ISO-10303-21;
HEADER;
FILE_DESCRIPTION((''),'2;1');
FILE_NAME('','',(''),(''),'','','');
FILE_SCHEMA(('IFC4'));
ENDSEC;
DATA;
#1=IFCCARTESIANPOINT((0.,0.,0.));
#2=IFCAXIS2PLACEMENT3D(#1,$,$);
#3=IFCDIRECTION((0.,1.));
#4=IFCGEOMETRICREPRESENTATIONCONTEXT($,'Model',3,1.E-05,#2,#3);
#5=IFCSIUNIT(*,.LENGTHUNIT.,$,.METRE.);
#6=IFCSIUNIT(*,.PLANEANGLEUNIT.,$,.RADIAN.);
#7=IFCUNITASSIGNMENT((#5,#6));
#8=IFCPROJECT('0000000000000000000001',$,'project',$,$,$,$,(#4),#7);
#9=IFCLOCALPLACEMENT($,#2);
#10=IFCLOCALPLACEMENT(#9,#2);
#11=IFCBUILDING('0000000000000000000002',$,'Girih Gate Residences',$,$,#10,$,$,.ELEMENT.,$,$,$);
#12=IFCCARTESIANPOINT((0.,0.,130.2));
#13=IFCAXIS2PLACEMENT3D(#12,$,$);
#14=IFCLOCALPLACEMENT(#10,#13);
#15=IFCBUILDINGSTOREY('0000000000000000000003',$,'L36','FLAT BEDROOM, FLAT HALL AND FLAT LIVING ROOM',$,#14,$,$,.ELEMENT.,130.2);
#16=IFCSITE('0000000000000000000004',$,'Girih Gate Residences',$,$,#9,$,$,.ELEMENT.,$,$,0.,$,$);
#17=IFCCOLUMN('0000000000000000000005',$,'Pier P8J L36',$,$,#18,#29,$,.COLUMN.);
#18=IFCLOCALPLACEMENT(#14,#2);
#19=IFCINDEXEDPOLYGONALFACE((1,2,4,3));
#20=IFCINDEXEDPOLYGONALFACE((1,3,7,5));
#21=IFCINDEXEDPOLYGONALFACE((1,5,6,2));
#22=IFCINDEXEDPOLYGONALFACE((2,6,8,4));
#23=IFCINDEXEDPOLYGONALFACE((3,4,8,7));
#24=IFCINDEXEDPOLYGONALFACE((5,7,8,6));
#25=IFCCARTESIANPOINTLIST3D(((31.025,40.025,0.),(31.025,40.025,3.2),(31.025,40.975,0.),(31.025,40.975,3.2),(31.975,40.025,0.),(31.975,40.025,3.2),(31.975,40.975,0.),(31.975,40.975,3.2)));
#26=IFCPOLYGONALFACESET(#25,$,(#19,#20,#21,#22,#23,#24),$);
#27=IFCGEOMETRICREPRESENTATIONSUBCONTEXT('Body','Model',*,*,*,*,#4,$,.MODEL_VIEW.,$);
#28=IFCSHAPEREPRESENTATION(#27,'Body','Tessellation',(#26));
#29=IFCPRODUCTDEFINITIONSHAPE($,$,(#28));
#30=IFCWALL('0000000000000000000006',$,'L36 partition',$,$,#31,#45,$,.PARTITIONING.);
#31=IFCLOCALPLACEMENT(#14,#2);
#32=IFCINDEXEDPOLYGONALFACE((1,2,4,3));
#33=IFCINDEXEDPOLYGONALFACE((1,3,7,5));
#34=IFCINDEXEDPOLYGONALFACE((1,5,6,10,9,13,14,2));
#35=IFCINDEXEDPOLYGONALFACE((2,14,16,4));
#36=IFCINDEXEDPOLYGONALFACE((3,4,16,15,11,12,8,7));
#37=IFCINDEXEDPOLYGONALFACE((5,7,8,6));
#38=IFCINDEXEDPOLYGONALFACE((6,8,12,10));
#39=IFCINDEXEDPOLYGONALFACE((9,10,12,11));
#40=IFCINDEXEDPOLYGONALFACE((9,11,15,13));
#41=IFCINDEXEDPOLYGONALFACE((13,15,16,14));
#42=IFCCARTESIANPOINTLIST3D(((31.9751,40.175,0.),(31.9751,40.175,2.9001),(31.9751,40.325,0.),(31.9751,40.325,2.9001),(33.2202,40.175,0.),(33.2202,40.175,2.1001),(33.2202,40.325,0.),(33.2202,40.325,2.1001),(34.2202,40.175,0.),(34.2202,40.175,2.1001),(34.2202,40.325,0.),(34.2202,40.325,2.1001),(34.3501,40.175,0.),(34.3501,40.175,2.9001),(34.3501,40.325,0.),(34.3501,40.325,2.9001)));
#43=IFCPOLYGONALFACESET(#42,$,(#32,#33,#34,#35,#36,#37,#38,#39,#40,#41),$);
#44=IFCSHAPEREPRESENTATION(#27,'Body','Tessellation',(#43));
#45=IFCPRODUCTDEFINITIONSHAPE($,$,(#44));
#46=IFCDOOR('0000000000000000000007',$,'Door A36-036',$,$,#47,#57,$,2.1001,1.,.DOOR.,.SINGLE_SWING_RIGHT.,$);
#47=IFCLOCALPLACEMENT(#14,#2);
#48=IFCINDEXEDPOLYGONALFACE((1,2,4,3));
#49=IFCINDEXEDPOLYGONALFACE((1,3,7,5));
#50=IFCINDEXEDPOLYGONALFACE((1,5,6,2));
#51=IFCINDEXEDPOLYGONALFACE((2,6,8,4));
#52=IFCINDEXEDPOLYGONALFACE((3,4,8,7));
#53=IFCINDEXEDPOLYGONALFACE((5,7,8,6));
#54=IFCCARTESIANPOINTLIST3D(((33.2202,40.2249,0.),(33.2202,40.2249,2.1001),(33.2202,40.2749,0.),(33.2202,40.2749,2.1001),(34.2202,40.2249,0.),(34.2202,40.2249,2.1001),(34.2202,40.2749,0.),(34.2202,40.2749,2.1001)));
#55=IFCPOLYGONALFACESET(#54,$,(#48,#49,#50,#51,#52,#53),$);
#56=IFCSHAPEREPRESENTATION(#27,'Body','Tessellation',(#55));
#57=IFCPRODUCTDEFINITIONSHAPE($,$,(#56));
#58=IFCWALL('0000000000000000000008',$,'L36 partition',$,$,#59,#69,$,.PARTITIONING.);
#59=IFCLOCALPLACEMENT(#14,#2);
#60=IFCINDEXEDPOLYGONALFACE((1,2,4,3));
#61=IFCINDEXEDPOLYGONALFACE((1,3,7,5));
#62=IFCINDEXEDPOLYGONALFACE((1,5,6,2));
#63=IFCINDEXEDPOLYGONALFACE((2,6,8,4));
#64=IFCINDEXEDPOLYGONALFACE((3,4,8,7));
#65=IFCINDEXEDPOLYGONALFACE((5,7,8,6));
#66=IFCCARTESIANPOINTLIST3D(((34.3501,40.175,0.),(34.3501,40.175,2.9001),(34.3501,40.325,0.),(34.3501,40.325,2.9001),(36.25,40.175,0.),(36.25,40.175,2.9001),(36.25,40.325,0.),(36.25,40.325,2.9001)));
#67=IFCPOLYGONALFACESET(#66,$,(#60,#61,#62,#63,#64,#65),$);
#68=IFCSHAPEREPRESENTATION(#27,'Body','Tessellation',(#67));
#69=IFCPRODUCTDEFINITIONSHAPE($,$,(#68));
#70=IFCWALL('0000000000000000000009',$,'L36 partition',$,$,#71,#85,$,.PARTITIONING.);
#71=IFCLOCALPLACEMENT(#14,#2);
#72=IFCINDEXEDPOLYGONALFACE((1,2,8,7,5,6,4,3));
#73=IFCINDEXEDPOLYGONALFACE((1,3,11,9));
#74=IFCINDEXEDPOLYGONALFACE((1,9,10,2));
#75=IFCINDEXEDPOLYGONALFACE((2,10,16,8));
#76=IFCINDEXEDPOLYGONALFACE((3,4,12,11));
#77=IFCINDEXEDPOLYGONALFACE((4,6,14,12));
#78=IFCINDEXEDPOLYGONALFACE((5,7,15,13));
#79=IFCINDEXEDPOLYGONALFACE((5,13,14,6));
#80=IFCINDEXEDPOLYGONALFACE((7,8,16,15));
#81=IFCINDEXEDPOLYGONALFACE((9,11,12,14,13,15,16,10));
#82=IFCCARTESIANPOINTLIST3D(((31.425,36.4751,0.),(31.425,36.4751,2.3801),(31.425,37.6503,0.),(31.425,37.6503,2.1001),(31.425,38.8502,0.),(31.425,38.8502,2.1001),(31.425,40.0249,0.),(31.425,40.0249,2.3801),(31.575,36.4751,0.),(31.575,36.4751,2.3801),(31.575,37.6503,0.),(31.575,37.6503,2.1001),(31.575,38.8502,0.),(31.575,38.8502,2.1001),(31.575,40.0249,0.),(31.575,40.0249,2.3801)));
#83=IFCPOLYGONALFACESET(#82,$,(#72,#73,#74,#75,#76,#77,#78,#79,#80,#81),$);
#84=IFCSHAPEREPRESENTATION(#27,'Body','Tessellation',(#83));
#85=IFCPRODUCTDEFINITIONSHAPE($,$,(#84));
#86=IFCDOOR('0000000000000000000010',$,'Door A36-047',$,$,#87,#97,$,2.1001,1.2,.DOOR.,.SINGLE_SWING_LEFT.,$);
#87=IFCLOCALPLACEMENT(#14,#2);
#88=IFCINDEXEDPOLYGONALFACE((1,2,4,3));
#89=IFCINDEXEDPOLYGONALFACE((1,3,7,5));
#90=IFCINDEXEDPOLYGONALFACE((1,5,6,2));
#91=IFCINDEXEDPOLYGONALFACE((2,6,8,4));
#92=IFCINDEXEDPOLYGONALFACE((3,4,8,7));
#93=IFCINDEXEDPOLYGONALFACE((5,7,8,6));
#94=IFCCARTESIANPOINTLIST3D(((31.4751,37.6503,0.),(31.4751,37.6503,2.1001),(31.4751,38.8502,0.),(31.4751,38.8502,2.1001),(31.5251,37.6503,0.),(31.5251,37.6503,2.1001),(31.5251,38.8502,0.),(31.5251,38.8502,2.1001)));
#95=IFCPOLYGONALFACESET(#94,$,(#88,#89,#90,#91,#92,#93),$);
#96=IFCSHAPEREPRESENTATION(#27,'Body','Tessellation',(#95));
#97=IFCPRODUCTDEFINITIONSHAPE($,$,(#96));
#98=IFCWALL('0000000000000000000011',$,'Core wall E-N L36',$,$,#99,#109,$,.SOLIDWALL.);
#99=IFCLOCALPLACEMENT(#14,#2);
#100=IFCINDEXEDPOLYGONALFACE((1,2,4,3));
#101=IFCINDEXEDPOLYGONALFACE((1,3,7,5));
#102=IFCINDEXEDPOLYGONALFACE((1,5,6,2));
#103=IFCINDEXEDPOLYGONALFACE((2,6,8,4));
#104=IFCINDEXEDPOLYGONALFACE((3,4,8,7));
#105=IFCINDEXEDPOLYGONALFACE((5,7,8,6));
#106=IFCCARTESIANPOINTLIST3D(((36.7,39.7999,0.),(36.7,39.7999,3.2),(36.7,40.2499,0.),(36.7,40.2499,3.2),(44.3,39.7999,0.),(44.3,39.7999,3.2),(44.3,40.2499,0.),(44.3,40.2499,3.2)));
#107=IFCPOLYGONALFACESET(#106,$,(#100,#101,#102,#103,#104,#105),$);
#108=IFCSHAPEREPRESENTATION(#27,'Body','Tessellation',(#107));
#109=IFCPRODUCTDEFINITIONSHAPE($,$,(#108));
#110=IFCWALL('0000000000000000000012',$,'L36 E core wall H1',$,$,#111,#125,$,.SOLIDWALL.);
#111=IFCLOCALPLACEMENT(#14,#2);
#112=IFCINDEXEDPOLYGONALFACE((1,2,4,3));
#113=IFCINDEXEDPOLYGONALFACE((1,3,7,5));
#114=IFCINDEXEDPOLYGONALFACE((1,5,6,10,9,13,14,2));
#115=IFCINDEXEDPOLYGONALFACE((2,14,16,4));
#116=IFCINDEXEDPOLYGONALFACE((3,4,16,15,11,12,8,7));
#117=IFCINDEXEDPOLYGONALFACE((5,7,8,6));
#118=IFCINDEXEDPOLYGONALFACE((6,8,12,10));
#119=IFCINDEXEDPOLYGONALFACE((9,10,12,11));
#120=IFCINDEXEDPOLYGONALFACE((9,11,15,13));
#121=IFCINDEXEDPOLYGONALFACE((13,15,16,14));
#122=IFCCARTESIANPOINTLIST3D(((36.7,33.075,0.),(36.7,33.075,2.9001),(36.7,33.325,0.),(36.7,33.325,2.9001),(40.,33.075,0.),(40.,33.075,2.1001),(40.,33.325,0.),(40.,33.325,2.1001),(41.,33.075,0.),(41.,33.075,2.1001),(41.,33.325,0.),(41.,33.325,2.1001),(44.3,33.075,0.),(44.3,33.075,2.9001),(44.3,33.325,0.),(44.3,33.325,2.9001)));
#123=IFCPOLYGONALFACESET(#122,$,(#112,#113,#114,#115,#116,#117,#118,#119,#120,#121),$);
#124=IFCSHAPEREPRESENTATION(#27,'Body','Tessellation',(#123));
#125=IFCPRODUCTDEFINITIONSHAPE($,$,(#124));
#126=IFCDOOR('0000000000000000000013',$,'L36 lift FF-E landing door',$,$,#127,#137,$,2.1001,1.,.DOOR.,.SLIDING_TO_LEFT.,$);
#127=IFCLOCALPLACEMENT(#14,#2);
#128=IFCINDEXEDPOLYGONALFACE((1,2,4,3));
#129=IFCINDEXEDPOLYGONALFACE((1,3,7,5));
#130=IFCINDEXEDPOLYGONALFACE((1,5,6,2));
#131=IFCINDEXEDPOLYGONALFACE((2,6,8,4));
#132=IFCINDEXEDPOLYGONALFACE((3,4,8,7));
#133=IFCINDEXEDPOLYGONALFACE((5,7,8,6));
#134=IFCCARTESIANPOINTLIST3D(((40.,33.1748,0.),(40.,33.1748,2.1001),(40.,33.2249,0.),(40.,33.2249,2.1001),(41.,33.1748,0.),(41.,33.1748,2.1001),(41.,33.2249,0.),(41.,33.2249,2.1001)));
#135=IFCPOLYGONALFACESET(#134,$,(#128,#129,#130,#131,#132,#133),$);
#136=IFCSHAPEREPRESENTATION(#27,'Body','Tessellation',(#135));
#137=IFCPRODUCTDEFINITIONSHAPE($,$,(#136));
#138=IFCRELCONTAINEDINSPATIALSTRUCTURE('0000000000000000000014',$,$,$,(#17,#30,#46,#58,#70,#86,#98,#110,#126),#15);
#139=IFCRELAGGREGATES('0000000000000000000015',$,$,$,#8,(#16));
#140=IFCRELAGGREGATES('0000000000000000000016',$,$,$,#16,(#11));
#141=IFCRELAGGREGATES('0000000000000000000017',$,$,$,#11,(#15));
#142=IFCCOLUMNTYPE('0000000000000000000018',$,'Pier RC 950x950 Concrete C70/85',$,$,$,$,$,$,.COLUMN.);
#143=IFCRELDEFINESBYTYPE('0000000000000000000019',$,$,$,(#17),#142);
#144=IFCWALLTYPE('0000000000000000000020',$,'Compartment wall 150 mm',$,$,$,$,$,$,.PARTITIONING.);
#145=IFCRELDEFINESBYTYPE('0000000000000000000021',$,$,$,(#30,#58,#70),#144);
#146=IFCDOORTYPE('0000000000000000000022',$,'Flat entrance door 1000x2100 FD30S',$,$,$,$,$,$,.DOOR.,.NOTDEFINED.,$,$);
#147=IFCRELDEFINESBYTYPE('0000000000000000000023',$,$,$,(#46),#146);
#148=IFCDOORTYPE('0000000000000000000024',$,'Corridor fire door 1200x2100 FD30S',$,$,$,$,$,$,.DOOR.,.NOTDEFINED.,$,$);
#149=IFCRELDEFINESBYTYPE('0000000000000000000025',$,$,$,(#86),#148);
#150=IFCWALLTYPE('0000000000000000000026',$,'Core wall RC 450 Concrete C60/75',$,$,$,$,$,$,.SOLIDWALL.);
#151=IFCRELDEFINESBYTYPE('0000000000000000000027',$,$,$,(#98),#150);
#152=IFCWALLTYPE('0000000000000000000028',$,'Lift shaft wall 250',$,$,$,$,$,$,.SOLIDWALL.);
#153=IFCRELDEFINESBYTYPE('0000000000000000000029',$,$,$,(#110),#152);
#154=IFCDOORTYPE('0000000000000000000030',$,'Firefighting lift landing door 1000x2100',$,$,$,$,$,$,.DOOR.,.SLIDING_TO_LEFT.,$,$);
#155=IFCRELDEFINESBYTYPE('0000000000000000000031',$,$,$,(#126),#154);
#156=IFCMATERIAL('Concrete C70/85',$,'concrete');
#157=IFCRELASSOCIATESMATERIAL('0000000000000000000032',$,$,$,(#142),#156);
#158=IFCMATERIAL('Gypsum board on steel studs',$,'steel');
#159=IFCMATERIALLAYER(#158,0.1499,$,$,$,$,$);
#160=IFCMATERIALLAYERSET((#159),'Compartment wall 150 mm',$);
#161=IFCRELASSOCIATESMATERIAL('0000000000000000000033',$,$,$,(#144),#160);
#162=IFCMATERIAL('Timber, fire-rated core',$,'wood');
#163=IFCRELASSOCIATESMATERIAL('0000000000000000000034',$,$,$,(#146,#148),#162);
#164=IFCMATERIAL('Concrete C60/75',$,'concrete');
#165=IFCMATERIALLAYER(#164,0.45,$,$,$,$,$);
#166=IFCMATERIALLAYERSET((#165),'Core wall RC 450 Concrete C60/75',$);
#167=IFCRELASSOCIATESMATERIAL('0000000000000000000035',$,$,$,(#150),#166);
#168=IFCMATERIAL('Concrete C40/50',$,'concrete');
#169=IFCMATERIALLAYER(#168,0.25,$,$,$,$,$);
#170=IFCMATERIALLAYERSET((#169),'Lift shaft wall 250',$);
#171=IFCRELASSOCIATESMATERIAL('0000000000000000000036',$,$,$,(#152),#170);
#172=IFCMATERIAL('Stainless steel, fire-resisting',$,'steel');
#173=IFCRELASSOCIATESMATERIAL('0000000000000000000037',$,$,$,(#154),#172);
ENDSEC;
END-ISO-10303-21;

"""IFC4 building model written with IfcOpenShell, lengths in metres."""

from ifc_helpers import new_model, si_unit, direction, frame, frame_2d, origin, origin_2d, place, context, subcontext, project, spatial, rectangle, extrude, material, layer, layer_set, material_profile, profile_set, type_object, element, fill, save


model = new_model("IFC4")

# Units and contexts
model_context = context("Model", 3, precision=1e-05, world=origin(), true_north=direction((0.0, 1.0)))
body_context = subcontext(model_context, "Body", "Model", "MODEL_VIEW")
ifc_project = project(units=[si_unit("LENGTHUNIT", "METRE"), si_unit("PLANEANGLEUNIT", "RADIAN")], contexts=[model_context])

# Site, building, storey
site_placement = place(None, origin())
site = spatial("IfcSite", under=ifc_project, at=site_placement, Name="Girih Gate Residences", CompositionType="ELEMENT", RefElevation=0.0)
building_placement = place(site_placement, origin())
building = spatial("IfcBuilding", under=site, at=building_placement, Name="Girih Gate Residences", CompositionType="ELEMENT")
storey_placement = place(building_placement, frame((0.0, 0.0, 130.2)))
storey = spatial("IfcBuildingStorey", under=building, at=storey_placement, Name="L36", Description="FLAT BEDROOM, FLAT HALL AND FLAT LIVING ROOM", CompositionType="ELEMENT", Elevation=130.2)

# Column
ifc_material_1 = material(Name="Concrete C70/85", Category="concrete")
ifc_material_profile = material_profile(ifc_material_1, rectangle(XDim=0.95, YDim=0.95, at=origin_2d()))
ifc_profile_set = profile_set([ifc_material_profile], Name="Concrete C70/85")
column_type = type_object("IfcColumnType", Name="Pier RC 950x950 Concrete C70/85", PredefinedType="COLUMN", material=ifc_profile_set)
column_placement = place(storey_placement, frame((31.5, 40.5, 0.0), z_axis=(0.0, 0.0, 1.0), x_axis=(1.0, 0.0, 0.0)))
element("IfcColumn", 1, at=column_placement, inside=storey, type_object=column_type, Name="Pier P8J L36", PredefinedType="COLUMN", context=body_context, shape_type="SweptSolid", body=[
    extrude(rectangle(XDim=0.95, YDim=0.95, at=origin_2d()), origin(), (0.0, 0.0, 1.0), 3.2),
])

# Wall, opening, door
ifc_material_2 = material(Name="Gypsum board on steel studs", Category="steel")
ifc_layer_1 = layer(ifc_material_2, 0.1499)
ifc_layer_set_1 = layer_set([ifc_layer_1], Name="Compartment wall 150 mm")
wall_type_1 = type_object("IfcWallType", Name="Compartment wall 150 mm", PredefinedType="PARTITIONING", material=ifc_layer_set_1)
wall_1_placement = place(storey_placement, frame((31.9751, 40.25, 0.0), z_axis=(0.0, 0.0, 1.0), x_axis=(1.0, 0.0, 0.0)))
wall_1 = element("IfcWall", 2, at=wall_1_placement, inside=storey, type_object=wall_type_1, Name="L36 partition", PredefinedType="PARTITIONING", context=body_context, shape_type="SweptSolid", body=[
    extrude(rectangle(XDim=2.375, YDim=0.1499, at=frame_2d((1.1875, 0.0))), origin(), (0.0, 0.0, 1.0), 2.9001),
])
opening_1_placement = place(wall_1_placement, frame((1.2451, 0.0, 0.0)))
opening_1 = element("IfcOpeningElement", 3, at=opening_1_placement, cuts=wall_1, PredefinedType="OPENING", context=body_context, shape_type="SweptSolid", body=[
    extrude(rectangle(XDim=1.0, YDim=2.1001, at=frame_2d((0.5, 1.05))), frame((0.0, 0.085, 0.0), z_axis=(0.0, -1.0, 0.0), x_axis=(1.0, 0.0, 0.0)), (0.0, 0.0, 1.0), 0.1699),
])
ifc_material_3 = material(Name="Timber, fire-rated core", Category="wood")
door_type_1 = type_object("IfcDoorType", Name="Flat entrance door 1000x2100 FD30S", OperationType="NOTDEFINED", PredefinedType="DOOR", material=ifc_material_3)
door_1_placement = place(opening_1_placement, origin())
door_1 = element("IfcDoor", 4, at=door_1_placement, inside=storey, type_object=door_type_1, Name="Door A36-036", OperationType="SINGLE_SWING_RIGHT", OverallHeight=2.1001, OverallWidth=1.0, PredefinedType="DOOR", context=body_context, shape_type="SweptSolid", body=[
    extrude(rectangle(XDim=1.0, YDim=2.1001, at=frame_2d((0.5, 1.05))), frame((0.0, 0.0249, 0.0), z_axis=(0.0, -1.0, 0.0), x_axis=(1.0, 0.0, 0.0)), (0.0, 0.0, 1.0), 0.05),
])
fill(opening_1, door_1)

# Wall
wall_2_placement = place(storey_placement, frame((34.3501, 40.25, 0.0), z_axis=(0.0, 0.0, 1.0), x_axis=(1.0, 0.0, 0.0)))
element("IfcWall", 5, at=wall_2_placement, inside=storey, type_object=wall_type_1, Name="L36 partition", PredefinedType="PARTITIONING", context=body_context, shape_type="SweptSolid", body=[
    extrude(rectangle(XDim=1.8999, YDim=0.1499, at=frame_2d((0.95, 0.0))), origin(), (0.0, 0.0, 1.0), 2.9001),
])

# Wall, opening, door
wall_3_placement = place(storey_placement, frame((31.5, 36.4751, 0.0), z_axis=(0.0, 0.0, 1.0), x_axis=(0.0, 1.0, 0.0)))
wall_3 = element("IfcWall", 6, at=wall_3_placement, inside=storey, type_object=wall_type_1, Name="L36 partition", PredefinedType="PARTITIONING", context=body_context, shape_type="SweptSolid", body=[
    extrude(rectangle(XDim=3.5498, YDim=0.1499, at=frame_2d((1.7749, 0.0))), origin(), (0.0, 0.0, 1.0), 2.3801),
])
opening_2_placement = place(wall_3_placement, frame((1.175, 0.0, 0.0)))
opening_2 = element("IfcOpeningElement", 7, at=opening_2_placement, cuts=wall_3, PredefinedType="OPENING", context=body_context, shape_type="SweptSolid", body=[
    extrude(rectangle(XDim=1.2, YDim=2.1001, at=frame_2d((0.6001, 1.05))), frame((0.0, 0.085, 0.0), z_axis=(0.0, -1.0, 0.0), x_axis=(1.0, 0.0, 0.0)), (0.0, 0.0, 1.0), 0.1699),
])
door_type_2 = type_object("IfcDoorType", Name="Corridor fire door 1200x2100 FD30S", OperationType="NOTDEFINED", PredefinedType="DOOR", material=ifc_material_3)
door_2_placement = place(opening_2_placement, origin())
door_2 = element("IfcDoor", 8, at=door_2_placement, inside=storey, type_object=door_type_2, Name="Door A36-047", OperationType="SINGLE_SWING_LEFT", OverallHeight=2.1001, OverallWidth=1.2, PredefinedType="DOOR", context=body_context, shape_type="SweptSolid", body=[
    extrude(rectangle(XDim=1.2, YDim=2.1001, at=frame_2d((0.6001, 1.05))), frame((0.0, 0.0249, 0.0), z_axis=(0.0, -1.0, 0.0), x_axis=(1.0, 0.0, 0.0)), (0.0, 0.0, 1.0), 0.05),
])
fill(opening_2, door_2)

# Wall
ifc_material_4 = material(Name="Concrete C60/75", Category="concrete")
ifc_layer_2 = layer(ifc_material_4, 0.45)
ifc_layer_set_2 = layer_set([ifc_layer_2], Name="Core wall RC 450 Concrete C60/75")
wall_type_2 = type_object("IfcWallType", Name="Core wall RC 450 Concrete C60/75", PredefinedType="SOLIDWALL", material=ifc_layer_set_2)
wall_4_placement = place(storey_placement, frame((36.7, 40.0249, 0.0), z_axis=(0.0, 0.0, 1.0), x_axis=(1.0, 0.0, 0.0)))
element("IfcWall", 9, at=wall_4_placement, inside=storey, type_object=wall_type_2, Name="Core wall E-N L36", PredefinedType="SOLIDWALL", context=body_context, shape_type="SweptSolid", body=[
    extrude(rectangle(XDim=7.6001, YDim=0.45, at=frame_2d((3.8, 0.0))), origin(), (0.0, 0.0, 1.0), 3.2),
])

# Wall, opening, door
ifc_material_5 = material(Name="Concrete C40/50", Category="concrete")
ifc_layer_3 = layer(ifc_material_5, 0.25)
ifc_layer_set_3 = layer_set([ifc_layer_3], Name="Lift shaft wall 250")
wall_type_3 = type_object("IfcWallType", Name="Lift shaft wall 250", PredefinedType="SOLIDWALL", material=ifc_layer_set_3)
wall_5_placement = place(storey_placement, frame((36.7, 33.2, 0.0), z_axis=(0.0, 0.0, 1.0), x_axis=(1.0, 0.0, 0.0)))
wall_5 = element("IfcWall", 10, at=wall_5_placement, inside=storey, type_object=wall_type_3, Name="L36 E core wall H1", PredefinedType="SOLIDWALL", context=body_context, shape_type="SweptSolid", body=[
    extrude(rectangle(XDim=7.6001, YDim=0.25, at=frame_2d((3.8, 0.0))), origin(), (0.0, 0.0, 1.0), 2.9001),
])
opening_3_placement = place(wall_5_placement, frame((3.3, 0.0, 0.0)))
opening_3 = element("IfcOpeningElement", 11, at=opening_3_placement, cuts=wall_5, PredefinedType="OPENING", context=body_context, shape_type="SweptSolid", body=[
    extrude(rectangle(XDim=1.0, YDim=2.1001, at=frame_2d((0.5, 1.05))), frame((0.0, 0.135, 0.0), z_axis=(0.0, -1.0, 0.0), x_axis=(1.0, 0.0, 0.0)), (0.0, 0.0, 1.0), 0.27),
])
ifc_material_6 = material(Name="Stainless steel, fire-resisting", Category="steel")
door_type_3 = type_object("IfcDoorType", Name="Firefighting lift landing door 1000x2100", OperationType="SLIDING_TO_LEFT", PredefinedType="DOOR", material=ifc_material_6)
door_3_placement = place(opening_3_placement, origin())
door_3 = element("IfcDoor", 12, at=door_3_placement, inside=storey, type_object=door_type_3, Name="L36 lift FF-E landing door", OperationType="SLIDING_TO_LEFT", OverallHeight=2.1001, OverallWidth=1.0, PredefinedType="DOOR", context=body_context, shape_type="SweptSolid", body=[
    extrude(rectangle(XDim=1.0, YDim=2.1001, at=frame_2d((0.5, 1.05))), frame((0.0, 0.0249, 0.0), z_axis=(0.0, -1.0, 0.0), x_axis=(1.0, 0.0, 0.0)), (0.0, 0.0, 1.0), 0.05),
])
fill(opening_3, door_3)

save(model, "model.ifc")
